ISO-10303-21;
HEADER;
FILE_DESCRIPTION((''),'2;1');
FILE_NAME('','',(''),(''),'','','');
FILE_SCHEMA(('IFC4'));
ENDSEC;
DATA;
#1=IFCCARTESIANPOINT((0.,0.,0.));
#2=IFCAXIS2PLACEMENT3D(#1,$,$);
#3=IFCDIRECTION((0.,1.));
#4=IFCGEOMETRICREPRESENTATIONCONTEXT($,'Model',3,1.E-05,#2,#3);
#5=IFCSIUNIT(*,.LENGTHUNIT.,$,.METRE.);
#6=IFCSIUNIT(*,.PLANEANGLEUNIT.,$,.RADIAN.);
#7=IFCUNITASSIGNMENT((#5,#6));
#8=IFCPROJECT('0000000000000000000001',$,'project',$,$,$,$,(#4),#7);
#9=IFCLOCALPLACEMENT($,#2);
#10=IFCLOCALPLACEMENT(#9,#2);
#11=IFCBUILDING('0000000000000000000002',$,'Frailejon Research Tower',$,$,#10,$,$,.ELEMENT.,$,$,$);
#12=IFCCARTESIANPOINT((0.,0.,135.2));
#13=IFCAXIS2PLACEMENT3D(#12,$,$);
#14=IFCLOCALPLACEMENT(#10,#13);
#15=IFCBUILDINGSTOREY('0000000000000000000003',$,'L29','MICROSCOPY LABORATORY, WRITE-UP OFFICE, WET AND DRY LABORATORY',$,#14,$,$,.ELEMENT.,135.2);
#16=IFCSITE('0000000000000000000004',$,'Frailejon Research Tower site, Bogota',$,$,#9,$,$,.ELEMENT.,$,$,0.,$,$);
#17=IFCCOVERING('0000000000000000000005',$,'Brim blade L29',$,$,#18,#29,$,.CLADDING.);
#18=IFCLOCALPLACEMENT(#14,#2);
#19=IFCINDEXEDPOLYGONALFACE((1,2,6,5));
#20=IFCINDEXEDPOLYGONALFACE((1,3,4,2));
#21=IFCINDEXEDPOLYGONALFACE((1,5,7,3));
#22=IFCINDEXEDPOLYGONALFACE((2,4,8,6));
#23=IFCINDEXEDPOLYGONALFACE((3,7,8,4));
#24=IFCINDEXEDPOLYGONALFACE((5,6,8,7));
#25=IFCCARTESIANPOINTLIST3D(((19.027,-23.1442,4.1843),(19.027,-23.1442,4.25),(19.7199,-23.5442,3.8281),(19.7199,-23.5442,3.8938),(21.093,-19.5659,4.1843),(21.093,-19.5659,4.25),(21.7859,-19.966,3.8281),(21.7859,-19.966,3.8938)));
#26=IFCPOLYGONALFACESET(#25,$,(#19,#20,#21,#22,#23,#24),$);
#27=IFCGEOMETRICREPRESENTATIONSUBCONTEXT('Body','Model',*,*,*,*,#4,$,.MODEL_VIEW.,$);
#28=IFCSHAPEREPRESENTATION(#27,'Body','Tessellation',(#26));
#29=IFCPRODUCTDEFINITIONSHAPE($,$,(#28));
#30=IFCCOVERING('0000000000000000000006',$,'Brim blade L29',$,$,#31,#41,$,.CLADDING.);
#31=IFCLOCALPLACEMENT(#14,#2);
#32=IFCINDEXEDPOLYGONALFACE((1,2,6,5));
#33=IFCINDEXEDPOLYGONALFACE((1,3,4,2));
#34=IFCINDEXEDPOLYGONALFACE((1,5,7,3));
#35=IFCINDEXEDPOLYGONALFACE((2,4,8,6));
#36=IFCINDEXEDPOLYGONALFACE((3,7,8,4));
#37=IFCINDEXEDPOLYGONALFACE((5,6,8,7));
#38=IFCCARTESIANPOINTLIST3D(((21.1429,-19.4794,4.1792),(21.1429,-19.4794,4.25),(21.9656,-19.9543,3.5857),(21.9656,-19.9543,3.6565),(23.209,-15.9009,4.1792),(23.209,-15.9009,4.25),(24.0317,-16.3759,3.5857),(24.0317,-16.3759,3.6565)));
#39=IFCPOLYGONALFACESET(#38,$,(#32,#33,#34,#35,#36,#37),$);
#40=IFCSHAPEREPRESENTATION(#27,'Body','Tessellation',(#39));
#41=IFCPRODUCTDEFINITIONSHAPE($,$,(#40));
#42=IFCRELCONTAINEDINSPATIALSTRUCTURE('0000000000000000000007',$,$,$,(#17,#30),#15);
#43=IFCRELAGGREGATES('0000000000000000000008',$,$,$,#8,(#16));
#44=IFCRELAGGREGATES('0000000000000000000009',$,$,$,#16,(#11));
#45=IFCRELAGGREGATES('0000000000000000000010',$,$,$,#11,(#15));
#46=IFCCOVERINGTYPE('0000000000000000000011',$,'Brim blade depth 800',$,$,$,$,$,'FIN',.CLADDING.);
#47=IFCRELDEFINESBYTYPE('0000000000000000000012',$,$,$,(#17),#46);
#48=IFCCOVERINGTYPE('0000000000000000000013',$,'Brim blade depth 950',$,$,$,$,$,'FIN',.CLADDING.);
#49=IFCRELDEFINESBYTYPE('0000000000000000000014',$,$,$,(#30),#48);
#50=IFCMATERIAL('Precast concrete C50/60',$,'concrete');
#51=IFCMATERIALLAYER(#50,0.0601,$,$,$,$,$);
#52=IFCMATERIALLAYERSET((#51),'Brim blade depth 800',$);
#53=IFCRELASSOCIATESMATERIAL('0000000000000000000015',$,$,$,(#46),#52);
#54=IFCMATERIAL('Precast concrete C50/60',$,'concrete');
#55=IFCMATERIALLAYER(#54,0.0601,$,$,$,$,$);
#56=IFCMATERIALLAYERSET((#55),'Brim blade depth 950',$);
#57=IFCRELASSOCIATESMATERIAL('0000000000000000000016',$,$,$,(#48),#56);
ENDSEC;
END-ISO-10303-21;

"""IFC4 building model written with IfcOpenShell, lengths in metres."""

from ifc_helpers import new_model, si_unit, direction, frame, origin, place, context, subcontext, project, spatial, polyline, outline, extrude, material, layer, layer_set, type_object, element, save


model = new_model("IFC4")

# Units and contexts
model_context = context("Model", 3, precision=1e-05, world=origin(), true_north=direction((0.0, 1.0)))
body_context = subcontext(model_context, "Body", "Model", "MODEL_VIEW")
ifc_project = project(units=[si_unit("LENGTHUNIT", "METRE"), si_unit("PLANEANGLEUNIT", "RADIAN")], contexts=[model_context])

# Site, building, storey
site_placement = place(None, origin())
site = spatial("IfcSite", under=ifc_project, at=site_placement, Name="Frailejon Research Tower site, Bogota", CompositionType="ELEMENT", RefElevation=0.0)
building_placement = place(site_placement, origin())
building = spatial("IfcBuilding", under=site, at=building_placement, Name="Frailejon Research Tower", CompositionType="ELEMENT")
storey_placement = place(building_placement, frame((0.0, 0.0, 135.2)))
storey = spatial("IfcBuildingStorey", under=building, at=storey_placement, Name="L29", Description="MICROSCOPY LABORATORY, WRITE-UP OFFICE, WET AND DRY LABORATORY", CompositionType="ELEMENT", Elevation=135.2)

# Coverings
ifc_material_1 = material(Name="Precast concrete C50/60", Category="concrete")
ifc_layer_1 = layer(ifc_material_1, 0.0601)
ifc_layer_set_1 = layer_set([ifc_layer_1], Name="Brim blade depth 800")
covering_type_1 = type_object("IfcCoveringType", Name="Brim blade depth 800", ElementType="FIN", PredefinedType="CLADDING", material=ifc_layer_set_1)
covering_1_placement = place(storey_placement, frame((21.093, -19.5659, 4.25), z_axis=(-0.500012, -0.866018, 0.0), x_axis=(0.866018, -0.500012, 0.0)))
element("IfcCovering", 1, at=covering_1_placement, inside=storey, type_object=covering_type_1, Name="Brim blade L29", PredefinedType="CLADDING", context=body_context, shape_type="SweptSolid", body=[
    extrude(outline(polyline([(0.0, -0.0657), (0.8, -0.4219), (0.8, -0.3562), (0.0, 0.0), (0.0, -0.0657)])), origin(), (0.0, 0.0, 1.0), 4.1318),
])
ifc_material_2 = material(Name="Precast concrete C50/60", Category="concrete")
ifc_layer_2 = layer(ifc_material_2, 0.0601)
ifc_layer_set_2 = layer_set([ifc_layer_2], Name="Brim blade depth 950")
covering_type_2 = type_object("IfcCoveringType", Name="Brim blade depth 950", ElementType="FIN", PredefinedType="CLADDING", material=ifc_layer_set_2)
covering_2_placement = place(storey_placement, frame((23.209, -15.9009, 4.25), z_axis=(-0.500002, -0.866024, 0.0), x_axis=(0.866024, -0.500002, 0.0)))
element("IfcCovering", 2, at=covering_2_placement, inside=storey, type_object=covering_type_2, Name="Brim blade L29", PredefinedType="CLADDING", context=body_context, shape_type="SweptSolid", body=[
    extrude(outline(polyline([(0.0, -0.0708), (0.95, -0.6643), (0.95, -0.5935), (0.0, 0.0), (0.0, -0.0708)])), origin(), (0.0, 0.0, 1.0), 4.1321),
])

save(model, "model.ifc")
